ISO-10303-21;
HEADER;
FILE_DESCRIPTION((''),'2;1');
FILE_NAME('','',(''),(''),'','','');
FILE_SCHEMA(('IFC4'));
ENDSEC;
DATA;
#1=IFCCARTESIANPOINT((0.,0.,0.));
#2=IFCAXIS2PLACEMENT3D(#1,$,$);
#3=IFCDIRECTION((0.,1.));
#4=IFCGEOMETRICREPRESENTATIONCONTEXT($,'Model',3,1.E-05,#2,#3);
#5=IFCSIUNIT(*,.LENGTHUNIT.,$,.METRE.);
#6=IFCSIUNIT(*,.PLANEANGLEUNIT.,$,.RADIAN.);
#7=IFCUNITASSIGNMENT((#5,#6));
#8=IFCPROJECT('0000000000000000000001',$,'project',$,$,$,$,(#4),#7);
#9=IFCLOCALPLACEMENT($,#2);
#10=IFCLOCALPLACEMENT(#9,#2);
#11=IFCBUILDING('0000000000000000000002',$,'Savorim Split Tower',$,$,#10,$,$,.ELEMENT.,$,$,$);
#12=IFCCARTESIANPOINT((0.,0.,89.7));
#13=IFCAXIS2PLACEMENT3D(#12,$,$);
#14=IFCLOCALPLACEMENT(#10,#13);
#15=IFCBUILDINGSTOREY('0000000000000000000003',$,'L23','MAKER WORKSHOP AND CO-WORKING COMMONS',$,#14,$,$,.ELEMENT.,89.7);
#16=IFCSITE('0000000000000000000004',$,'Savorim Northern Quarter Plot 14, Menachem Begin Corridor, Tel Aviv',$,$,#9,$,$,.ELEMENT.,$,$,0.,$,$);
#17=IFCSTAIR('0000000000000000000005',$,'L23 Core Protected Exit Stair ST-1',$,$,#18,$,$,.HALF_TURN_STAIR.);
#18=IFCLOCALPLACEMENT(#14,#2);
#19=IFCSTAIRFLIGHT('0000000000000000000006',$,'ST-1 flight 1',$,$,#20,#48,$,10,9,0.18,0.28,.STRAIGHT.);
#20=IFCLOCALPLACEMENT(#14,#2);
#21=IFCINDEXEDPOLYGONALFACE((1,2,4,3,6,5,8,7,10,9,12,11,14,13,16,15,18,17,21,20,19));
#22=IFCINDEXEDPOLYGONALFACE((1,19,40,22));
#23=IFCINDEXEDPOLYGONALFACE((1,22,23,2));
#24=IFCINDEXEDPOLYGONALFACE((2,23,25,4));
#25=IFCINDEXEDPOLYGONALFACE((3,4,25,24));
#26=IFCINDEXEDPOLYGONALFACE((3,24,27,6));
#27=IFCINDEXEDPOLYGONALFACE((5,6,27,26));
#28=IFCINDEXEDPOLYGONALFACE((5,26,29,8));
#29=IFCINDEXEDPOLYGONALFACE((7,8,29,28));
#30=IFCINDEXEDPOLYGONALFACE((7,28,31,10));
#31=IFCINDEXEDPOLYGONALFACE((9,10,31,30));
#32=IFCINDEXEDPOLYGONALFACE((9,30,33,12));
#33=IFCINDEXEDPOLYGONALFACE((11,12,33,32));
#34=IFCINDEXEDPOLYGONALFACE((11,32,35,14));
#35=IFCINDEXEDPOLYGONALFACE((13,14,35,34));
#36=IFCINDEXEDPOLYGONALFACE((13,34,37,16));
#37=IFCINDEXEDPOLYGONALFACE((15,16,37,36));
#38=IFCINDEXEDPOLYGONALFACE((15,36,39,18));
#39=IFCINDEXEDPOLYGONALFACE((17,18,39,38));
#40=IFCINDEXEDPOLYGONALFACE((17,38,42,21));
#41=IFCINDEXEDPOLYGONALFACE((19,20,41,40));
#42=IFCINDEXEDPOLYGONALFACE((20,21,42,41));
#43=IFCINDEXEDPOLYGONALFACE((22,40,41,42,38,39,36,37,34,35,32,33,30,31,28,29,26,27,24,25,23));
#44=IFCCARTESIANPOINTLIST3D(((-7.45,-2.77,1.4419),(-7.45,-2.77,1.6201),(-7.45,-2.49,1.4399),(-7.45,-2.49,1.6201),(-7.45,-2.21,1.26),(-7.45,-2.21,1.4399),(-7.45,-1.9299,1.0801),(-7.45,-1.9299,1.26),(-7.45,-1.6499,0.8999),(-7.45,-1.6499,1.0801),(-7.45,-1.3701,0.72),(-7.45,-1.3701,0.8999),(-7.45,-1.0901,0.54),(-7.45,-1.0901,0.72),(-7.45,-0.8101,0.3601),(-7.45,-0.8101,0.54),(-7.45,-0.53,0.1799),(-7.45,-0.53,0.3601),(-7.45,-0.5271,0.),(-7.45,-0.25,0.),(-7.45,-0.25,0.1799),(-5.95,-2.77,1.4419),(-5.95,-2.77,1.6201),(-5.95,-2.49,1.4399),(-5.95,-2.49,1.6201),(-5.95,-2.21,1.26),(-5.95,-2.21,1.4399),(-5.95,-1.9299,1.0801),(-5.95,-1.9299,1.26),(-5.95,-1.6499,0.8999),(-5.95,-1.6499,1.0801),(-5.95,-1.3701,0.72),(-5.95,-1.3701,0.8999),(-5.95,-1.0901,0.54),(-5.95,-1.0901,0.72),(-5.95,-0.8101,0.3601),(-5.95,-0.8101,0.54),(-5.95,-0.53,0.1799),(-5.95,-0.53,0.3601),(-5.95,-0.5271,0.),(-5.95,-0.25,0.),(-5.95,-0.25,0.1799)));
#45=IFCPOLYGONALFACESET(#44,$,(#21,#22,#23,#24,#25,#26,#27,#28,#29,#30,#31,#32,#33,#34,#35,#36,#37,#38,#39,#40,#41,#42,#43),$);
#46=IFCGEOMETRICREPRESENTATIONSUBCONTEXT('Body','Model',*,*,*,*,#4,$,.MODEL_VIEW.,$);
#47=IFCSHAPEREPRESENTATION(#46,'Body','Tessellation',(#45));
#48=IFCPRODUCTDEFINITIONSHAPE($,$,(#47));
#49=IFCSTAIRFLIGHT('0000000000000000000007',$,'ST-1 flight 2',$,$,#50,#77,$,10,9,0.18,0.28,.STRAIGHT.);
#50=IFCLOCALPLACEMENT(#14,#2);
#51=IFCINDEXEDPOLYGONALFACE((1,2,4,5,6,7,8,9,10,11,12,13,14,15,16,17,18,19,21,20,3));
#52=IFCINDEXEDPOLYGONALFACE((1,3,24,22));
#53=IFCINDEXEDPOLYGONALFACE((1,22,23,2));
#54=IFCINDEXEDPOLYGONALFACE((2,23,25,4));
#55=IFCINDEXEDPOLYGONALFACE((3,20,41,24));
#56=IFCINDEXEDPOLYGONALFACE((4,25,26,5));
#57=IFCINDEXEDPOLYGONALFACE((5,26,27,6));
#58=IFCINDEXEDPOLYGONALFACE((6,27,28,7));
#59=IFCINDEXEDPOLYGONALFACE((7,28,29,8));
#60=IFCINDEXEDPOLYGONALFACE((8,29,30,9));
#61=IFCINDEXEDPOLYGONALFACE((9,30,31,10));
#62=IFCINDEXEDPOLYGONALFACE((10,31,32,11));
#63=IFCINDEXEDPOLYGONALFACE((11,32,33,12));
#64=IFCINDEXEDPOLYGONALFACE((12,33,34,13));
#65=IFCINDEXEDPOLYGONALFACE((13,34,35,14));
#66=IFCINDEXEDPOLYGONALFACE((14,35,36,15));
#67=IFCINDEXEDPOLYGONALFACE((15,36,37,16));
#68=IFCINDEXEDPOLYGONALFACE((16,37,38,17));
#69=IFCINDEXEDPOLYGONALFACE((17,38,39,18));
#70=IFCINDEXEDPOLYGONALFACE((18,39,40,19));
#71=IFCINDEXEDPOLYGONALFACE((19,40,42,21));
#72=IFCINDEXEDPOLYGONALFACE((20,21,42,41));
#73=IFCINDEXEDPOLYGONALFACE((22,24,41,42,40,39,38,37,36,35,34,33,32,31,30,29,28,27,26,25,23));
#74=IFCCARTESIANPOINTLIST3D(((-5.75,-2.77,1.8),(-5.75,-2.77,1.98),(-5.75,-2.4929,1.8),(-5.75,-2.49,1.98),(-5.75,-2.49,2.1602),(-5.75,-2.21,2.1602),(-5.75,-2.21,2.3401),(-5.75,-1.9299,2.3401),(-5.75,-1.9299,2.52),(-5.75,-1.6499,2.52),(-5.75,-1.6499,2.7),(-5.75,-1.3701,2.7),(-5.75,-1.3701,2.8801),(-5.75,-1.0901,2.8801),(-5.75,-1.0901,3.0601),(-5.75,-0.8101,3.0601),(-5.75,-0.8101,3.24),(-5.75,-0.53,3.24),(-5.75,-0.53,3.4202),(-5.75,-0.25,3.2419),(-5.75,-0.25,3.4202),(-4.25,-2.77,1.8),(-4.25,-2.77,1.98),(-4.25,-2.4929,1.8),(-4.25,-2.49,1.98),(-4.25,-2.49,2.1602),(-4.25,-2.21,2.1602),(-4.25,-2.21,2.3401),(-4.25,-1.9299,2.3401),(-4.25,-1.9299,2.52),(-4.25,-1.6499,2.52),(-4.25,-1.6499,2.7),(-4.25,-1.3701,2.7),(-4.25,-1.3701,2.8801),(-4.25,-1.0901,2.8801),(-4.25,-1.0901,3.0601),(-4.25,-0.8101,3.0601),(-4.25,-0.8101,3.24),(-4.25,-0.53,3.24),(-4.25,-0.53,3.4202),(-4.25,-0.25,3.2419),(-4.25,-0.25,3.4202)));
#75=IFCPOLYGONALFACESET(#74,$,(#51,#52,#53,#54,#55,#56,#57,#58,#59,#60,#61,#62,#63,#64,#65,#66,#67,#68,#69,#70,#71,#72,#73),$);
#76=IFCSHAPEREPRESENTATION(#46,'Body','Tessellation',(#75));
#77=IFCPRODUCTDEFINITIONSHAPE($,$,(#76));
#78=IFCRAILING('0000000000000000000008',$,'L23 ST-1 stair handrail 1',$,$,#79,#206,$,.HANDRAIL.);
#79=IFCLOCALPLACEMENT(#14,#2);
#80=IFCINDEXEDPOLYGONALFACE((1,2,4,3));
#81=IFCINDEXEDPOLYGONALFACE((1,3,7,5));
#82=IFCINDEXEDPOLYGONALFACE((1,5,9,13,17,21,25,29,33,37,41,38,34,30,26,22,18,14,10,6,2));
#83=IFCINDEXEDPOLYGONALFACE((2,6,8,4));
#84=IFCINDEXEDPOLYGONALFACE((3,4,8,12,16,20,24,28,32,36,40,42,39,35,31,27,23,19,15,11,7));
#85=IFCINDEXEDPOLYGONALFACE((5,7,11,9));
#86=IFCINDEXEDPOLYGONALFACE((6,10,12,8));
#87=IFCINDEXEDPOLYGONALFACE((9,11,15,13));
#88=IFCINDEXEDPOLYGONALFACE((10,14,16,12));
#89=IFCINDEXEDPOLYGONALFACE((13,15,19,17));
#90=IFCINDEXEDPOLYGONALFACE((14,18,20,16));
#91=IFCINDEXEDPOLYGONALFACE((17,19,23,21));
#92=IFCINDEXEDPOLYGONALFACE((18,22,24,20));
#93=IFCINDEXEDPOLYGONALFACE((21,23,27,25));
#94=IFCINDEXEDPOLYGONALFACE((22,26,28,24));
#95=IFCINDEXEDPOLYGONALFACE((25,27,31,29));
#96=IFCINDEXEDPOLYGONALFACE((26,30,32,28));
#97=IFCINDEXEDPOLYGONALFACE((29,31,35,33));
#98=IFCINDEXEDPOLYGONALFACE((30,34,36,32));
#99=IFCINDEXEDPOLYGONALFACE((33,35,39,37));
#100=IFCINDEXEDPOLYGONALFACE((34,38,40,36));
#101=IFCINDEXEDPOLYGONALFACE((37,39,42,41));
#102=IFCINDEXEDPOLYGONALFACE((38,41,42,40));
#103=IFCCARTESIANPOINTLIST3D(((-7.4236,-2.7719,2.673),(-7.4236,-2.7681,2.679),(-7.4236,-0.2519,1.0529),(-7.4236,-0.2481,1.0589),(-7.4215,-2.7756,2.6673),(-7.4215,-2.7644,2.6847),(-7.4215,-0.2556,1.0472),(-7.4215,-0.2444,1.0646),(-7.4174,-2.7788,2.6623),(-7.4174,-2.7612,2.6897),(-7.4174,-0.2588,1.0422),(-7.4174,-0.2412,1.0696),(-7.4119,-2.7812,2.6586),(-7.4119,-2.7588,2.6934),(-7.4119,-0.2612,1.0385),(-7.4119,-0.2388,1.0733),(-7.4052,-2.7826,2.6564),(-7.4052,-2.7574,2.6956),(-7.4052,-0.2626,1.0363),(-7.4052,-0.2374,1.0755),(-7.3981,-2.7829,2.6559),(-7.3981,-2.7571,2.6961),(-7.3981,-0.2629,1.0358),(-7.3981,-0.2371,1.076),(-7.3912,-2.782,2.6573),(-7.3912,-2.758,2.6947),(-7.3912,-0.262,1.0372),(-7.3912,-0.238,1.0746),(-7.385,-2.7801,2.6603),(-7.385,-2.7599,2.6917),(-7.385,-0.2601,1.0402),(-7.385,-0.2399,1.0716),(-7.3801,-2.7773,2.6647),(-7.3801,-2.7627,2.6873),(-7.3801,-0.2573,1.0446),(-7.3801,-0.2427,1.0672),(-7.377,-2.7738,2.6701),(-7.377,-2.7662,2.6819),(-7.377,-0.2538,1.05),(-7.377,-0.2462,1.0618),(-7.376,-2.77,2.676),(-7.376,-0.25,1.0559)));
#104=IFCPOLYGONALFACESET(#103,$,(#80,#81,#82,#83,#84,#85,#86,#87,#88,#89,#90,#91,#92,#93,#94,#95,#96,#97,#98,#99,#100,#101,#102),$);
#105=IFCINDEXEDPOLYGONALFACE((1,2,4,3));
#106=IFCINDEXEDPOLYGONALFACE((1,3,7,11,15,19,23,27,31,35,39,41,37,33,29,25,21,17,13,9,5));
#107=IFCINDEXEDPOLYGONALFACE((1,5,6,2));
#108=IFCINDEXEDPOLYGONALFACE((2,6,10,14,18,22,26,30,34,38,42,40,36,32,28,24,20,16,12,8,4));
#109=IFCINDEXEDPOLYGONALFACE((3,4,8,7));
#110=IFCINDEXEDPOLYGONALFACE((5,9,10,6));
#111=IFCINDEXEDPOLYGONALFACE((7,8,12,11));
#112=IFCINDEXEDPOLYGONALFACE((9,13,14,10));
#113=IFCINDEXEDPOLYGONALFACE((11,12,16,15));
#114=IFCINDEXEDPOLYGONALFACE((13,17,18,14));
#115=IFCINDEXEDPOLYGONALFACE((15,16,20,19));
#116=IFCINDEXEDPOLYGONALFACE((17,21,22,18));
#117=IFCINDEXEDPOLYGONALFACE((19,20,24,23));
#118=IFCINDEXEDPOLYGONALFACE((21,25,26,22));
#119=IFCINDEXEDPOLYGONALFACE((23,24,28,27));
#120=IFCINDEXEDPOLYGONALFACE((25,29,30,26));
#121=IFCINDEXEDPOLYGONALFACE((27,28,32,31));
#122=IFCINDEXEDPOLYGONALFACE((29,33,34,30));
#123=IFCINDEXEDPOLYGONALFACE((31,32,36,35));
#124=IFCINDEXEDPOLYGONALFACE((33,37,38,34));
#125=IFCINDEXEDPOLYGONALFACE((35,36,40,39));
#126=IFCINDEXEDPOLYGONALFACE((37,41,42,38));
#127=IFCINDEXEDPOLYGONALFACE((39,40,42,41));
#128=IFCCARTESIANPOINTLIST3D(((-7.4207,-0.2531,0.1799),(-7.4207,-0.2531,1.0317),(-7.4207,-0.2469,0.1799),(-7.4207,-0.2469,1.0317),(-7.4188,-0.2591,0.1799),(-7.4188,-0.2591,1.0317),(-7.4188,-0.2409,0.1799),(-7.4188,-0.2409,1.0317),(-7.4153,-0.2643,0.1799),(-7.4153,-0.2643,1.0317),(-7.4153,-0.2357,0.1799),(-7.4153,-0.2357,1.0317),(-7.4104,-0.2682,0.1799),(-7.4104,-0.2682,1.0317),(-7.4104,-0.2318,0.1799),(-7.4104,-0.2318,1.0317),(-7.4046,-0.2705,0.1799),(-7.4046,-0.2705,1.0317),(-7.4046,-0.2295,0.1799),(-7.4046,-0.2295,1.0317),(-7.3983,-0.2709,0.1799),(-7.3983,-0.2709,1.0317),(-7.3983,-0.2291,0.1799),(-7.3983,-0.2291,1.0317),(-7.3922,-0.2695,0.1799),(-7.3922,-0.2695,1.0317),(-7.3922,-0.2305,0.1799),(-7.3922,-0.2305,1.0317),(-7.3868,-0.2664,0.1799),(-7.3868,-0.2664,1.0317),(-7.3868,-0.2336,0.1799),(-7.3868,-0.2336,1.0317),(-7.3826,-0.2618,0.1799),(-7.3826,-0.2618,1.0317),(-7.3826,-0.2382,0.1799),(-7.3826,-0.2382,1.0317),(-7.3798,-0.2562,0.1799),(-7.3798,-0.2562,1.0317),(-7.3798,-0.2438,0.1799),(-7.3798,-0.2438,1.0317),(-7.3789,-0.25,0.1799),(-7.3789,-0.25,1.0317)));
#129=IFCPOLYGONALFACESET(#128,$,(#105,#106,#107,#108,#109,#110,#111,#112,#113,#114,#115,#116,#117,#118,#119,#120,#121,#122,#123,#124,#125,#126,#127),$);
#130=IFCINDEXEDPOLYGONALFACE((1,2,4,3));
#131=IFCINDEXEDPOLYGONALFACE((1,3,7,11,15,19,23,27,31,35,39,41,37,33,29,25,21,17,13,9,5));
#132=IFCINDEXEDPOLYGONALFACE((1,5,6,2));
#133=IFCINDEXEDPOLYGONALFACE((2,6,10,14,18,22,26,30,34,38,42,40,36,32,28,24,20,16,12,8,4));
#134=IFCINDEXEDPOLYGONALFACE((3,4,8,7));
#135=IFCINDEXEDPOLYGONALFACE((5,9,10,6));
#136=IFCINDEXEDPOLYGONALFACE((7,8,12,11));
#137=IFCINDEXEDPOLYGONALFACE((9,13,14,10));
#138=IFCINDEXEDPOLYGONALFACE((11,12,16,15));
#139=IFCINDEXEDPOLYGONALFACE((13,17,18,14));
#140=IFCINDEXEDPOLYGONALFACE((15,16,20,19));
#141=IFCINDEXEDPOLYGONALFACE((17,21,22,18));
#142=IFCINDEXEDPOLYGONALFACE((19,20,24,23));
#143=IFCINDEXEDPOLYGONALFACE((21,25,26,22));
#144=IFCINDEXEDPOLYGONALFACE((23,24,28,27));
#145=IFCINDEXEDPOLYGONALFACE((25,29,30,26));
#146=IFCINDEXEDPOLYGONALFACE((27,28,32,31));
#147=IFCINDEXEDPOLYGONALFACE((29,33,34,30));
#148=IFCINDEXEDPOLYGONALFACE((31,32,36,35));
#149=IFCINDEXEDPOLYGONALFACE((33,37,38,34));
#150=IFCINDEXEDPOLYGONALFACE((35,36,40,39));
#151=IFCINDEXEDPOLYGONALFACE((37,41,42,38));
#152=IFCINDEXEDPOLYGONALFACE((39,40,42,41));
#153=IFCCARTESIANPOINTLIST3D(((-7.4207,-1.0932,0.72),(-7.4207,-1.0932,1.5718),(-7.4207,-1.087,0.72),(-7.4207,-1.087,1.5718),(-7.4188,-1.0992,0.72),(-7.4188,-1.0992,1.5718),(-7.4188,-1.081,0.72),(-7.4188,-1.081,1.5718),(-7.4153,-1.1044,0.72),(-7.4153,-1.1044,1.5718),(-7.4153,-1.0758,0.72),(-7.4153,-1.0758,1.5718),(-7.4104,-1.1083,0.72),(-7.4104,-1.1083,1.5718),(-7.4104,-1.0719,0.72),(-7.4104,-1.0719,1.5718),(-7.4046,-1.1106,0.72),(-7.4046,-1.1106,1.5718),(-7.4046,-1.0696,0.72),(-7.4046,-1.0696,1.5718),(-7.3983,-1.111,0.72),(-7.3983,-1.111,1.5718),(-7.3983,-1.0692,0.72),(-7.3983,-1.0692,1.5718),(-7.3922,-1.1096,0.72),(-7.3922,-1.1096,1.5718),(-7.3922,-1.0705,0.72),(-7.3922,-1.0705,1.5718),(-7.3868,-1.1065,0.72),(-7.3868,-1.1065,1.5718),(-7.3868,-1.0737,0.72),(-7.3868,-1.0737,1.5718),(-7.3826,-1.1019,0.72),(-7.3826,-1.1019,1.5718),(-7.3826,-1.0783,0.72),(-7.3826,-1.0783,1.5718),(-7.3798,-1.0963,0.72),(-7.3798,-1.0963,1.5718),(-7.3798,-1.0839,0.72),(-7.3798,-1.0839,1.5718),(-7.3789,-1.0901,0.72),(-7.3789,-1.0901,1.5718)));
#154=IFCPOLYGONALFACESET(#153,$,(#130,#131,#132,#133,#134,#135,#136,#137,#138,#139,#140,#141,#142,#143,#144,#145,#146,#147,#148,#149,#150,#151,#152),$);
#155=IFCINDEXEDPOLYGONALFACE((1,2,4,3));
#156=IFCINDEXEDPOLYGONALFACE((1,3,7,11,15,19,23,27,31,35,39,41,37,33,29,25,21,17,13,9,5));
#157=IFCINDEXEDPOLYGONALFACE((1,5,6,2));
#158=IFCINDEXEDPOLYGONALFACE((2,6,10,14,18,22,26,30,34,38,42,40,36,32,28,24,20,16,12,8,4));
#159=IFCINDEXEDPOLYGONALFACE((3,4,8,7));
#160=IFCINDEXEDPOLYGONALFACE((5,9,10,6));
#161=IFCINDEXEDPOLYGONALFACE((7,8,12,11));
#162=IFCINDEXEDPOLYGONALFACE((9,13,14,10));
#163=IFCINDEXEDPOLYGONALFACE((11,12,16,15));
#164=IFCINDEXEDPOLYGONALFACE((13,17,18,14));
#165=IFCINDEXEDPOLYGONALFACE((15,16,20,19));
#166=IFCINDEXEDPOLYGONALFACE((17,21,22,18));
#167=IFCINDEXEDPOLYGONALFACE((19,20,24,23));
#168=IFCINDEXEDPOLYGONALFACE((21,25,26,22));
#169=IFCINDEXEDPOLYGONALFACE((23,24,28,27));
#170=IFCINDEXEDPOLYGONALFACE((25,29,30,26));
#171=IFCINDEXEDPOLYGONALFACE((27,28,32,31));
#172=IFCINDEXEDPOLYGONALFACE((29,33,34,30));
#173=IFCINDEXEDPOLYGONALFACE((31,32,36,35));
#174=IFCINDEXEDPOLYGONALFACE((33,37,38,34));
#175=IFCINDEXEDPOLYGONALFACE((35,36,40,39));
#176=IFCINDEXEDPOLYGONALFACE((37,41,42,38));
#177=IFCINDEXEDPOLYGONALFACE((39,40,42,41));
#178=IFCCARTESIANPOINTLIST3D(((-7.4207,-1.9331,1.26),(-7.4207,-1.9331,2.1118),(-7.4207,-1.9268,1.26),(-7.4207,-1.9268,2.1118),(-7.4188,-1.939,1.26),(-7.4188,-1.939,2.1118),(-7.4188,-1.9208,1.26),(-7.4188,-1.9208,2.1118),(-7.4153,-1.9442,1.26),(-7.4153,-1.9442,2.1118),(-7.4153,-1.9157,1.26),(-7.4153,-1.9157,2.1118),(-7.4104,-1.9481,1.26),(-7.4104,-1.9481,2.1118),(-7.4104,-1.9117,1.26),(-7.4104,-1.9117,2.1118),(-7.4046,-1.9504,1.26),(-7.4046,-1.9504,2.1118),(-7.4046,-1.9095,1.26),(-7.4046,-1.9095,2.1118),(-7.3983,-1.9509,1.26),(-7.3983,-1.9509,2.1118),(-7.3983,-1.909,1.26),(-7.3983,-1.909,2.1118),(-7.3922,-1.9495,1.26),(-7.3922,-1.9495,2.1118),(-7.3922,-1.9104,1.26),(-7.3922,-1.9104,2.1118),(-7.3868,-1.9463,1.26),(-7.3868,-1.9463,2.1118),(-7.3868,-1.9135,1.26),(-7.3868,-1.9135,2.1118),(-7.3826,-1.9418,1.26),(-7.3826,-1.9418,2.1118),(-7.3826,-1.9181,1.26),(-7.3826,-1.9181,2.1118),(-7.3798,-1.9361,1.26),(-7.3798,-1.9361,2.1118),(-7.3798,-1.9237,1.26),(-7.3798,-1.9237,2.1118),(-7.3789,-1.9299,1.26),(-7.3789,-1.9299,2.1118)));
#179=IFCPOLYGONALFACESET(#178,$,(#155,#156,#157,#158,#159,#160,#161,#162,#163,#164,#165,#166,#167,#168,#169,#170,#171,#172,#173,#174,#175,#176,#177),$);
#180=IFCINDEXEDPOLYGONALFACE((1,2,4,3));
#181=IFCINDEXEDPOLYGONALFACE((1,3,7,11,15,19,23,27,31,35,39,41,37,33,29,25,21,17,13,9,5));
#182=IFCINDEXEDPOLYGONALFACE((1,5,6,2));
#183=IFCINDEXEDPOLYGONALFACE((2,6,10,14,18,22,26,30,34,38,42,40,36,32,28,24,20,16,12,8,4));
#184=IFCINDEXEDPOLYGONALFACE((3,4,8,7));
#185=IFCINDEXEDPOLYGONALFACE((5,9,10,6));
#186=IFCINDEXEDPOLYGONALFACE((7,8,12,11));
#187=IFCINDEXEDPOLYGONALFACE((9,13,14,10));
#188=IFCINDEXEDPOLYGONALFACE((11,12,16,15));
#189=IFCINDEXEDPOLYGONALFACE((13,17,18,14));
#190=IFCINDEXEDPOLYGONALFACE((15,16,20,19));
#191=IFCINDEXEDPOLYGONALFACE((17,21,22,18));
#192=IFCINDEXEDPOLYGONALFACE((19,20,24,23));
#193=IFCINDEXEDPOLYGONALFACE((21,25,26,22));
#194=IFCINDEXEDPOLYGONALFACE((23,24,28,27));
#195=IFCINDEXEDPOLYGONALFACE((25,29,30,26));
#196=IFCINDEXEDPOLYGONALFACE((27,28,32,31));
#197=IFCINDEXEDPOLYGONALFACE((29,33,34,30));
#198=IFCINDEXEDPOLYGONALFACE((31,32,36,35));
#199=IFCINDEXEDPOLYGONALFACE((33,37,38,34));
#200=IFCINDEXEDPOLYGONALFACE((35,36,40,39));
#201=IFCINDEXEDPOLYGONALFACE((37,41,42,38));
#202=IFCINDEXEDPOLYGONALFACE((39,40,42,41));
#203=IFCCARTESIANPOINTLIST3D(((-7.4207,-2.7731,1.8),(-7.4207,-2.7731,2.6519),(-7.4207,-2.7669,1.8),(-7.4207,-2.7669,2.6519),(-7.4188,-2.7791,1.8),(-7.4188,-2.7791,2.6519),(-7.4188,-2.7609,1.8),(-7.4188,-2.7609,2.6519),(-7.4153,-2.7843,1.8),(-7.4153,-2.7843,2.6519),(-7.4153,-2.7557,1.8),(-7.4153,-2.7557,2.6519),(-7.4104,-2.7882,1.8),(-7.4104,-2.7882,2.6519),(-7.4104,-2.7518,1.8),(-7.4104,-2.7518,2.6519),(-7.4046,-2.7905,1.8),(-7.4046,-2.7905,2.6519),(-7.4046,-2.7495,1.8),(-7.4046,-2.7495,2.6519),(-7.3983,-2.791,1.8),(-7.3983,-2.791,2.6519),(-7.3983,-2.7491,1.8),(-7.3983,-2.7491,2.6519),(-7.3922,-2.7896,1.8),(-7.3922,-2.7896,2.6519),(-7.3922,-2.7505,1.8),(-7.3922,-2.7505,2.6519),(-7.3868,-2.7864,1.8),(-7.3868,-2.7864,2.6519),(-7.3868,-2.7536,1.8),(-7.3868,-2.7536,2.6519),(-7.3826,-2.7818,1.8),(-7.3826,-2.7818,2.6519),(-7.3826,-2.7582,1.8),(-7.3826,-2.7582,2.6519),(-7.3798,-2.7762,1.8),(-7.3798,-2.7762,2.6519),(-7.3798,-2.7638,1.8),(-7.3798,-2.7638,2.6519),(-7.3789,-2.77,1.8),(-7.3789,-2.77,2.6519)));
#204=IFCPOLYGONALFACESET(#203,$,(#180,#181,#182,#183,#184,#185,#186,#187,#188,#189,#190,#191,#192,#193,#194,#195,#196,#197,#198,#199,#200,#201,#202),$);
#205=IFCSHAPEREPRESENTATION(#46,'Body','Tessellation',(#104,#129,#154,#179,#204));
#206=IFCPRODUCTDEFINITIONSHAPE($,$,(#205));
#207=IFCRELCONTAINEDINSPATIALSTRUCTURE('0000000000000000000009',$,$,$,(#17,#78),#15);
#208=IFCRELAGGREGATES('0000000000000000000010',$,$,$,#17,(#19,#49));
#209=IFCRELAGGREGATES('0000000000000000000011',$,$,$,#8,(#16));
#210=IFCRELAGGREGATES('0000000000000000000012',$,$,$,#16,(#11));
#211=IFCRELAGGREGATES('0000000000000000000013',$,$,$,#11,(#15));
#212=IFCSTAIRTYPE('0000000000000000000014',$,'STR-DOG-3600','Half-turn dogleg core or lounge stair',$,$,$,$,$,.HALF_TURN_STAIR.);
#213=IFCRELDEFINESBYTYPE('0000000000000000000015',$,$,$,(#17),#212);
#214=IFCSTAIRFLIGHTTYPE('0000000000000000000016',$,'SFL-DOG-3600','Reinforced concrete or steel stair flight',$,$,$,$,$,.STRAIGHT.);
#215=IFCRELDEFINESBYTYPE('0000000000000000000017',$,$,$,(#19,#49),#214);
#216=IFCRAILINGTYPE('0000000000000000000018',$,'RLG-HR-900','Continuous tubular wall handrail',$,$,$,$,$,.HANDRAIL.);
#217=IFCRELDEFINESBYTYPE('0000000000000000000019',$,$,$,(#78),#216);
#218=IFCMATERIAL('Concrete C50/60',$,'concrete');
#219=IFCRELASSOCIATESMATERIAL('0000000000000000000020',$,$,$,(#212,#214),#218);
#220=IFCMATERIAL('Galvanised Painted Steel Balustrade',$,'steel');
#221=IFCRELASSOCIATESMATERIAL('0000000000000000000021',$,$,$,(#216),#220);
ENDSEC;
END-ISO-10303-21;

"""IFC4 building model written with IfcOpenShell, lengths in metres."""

from ifc_helpers import new_model, si_unit, direction, frame, origin, origin_2d, place, context, subcontext, project, spatial, polyline, circle, outline, extrude, material, type_object, element, aggregate, save


model = new_model("IFC4")

# Units and contexts
model_context = context("Model", 3, precision=1e-05, world=origin(), true_north=direction((0.0, 1.0)))
body_context = subcontext(model_context, "Body", "Model", "MODEL_VIEW")
ifc_project = project(units=[si_unit("LENGTHUNIT", "METRE"), si_unit("PLANEANGLEUNIT", "RADIAN")], contexts=[model_context])

# Site, building, storey
site_placement = place(None, origin())
site = spatial("IfcSite", under=ifc_project, at=site_placement, Name="Savorim Northern Quarter Plot 14, Menachem Begin Corridor, Tel Aviv", CompositionType="ELEMENT", RefElevation=0.0)
building_placement = place(site_placement, origin())
building = spatial("IfcBuilding", under=site, at=building_placement, Name="Savorim Split Tower", CompositionType="ELEMENT")
storey_placement = place(building_placement, frame((0.0, 0.0, 89.7)))
storey = spatial("IfcBuildingStorey", under=building, at=storey_placement, Name="L23", Description="MAKER WORKSHOP AND CO-WORKING COMMONS", CompositionType="ELEMENT", Elevation=89.7)

# Shared definitions
ifc_material_1 = material(Name="Concrete C50/60", Category="concrete")

# Stair, stair flights
stair_type = type_object("IfcStairType", Name="STR-DOG-3600", Description="Half-turn dogleg core or lounge stair", PredefinedType="HALF_TURN_STAIR", material=ifc_material_1)
stair_placement = place(storey_placement, origin())
stair = element("IfcStair", 1, at=stair_placement, inside=storey, type_object=stair_type, Name="L23 Core Protected Exit Stair ST-1", PredefinedType="HALF_TURN_STAIR")
stair_flight_type = type_object("IfcStairFlightType", Name="SFL-DOG-3600", Description="Reinforced concrete or steel stair flight", PredefinedType="STRAIGHT", material=ifc_material_1)
stair_flight_1_placement = place(storey_placement, frame((-6.7, -0.25, 0.0), z_axis=(0.0, 0.0, 1.0), x_axis=(0.0, -1.0, 0.0)))
stair_flight_1 = element("IfcStairFlight", 2, at=stair_flight_1_placement, type_object=stair_flight_type, Name="ST-1 flight 1", NumberOfRisers=10, NumberOfTreads=9, PredefinedType="STRAIGHT", RiserHeight=0.18, TreadLength=0.28, context=body_context, shape_type="SweptSolid", body=[
    extrude(outline(polyline([(0.0, 0.0), (0.0, 0.1799), (0.28, 0.1799), (0.28, 0.3601), (0.5601, 0.3601), (0.5601, 0.54), (0.8401, 0.54), (0.8401, 0.72), (1.1201, 0.72), (1.1201, 0.8999), (1.3999, 0.8999), (1.3999, 1.0801), (1.6799, 1.0801), (1.6799, 1.26), (1.96, 1.26), (1.96, 1.4399), (2.24, 1.4399), (2.24, 1.6201), (2.52, 1.6201), (2.52, 1.8), (2.52, 1.4419), (0.2771, 0.0), (0.0, 0.0)])), frame((0.0, 0.75, 0.0), z_axis=(0.0, -1.0, 0.0), x_axis=(1.0, 0.0, 0.0)), (0.0, 0.0, 1.0), 1.5),
])
stair_flight_2_placement = place(storey_placement, frame((-5.0, -2.77, 1.8), z_axis=(0.0, 0.0, 1.0), x_axis=(0.0, 1.0, 0.0)))
stair_flight_2 = element("IfcStairFlight", 3, at=stair_flight_2_placement, type_object=stair_flight_type, Name="ST-1 flight 2", NumberOfRisers=10, NumberOfTreads=9, PredefinedType="STRAIGHT", RiserHeight=0.18, TreadLength=0.28, context=body_context, shape_type="SweptSolid", body=[
    extrude(outline(polyline([(0.0, 0.0), (0.0, 0.1799), (0.28, 0.1799), (0.28, 0.3601), (0.5601, 0.3601), (0.5601, 0.54), (0.8401, 0.54), (0.8401, 0.72), (1.1201, 0.72), (1.1201, 0.8999), (1.3999, 0.8999), (1.3999, 1.0801), (1.6799, 1.0801), (1.6799, 1.26), (1.96, 1.26), (1.96, 1.4399), (2.24, 1.4399), (2.24, 1.6201), (2.52, 1.6201), (2.52, 1.8), (2.52, 1.4419), (0.2771, 0.0), (0.0, 0.0)])), frame((0.0, 0.75, 0.0), z_axis=(0.0, -1.0, 0.0), x_axis=(1.0, 0.0, 0.0)), (0.0, 0.0, 1.0), 1.5),
])
aggregate(stair, [stair_flight_1, stair_flight_2])

# Railing
ifc_material_2 = material(Name="Galvanised Painted Steel Balustrade", Category="steel")
railing_type_1 = type_object("IfcRailingType", Name="RLG-HR-900", Description="Continuous tubular wall handrail", PredefinedType="HANDRAIL", material=ifc_material_2)
railing_1_placement = place(storey_placement, frame((-7.3999, -0.25, 0.1799)))
element("IfcRailing", 4, at=railing_1_placement, inside=storey, type_object=railing_type_1, Name="L23 ST-1 stair handrail 1", PredefinedType="HANDRAIL", context=body_context, shape_type="SweptSolid", body=[
    extrude(circle(Radius=0.0239, at=origin_2d()), frame((0.0, 0.0, 0.876), z_axis=(0.0, -0.841163, 0.540782), x_axis=(1.0, 0.0, 0.0)), (0.0, 0.0, 1.0), 2.9958),
    extrude(circle(Radius=0.021, at=origin_2d()), origin(), (0.0, 0.0, 1.0), 0.8518),
    extrude(circle(Radius=0.021, at=origin_2d()), frame((0.0, -0.8401, 0.54)), (0.0, 0.0, 1.0), 0.8518),
    extrude(circle(Radius=0.021, at=origin_2d()), frame((0.0, -1.6799, 1.0801)), (0.0, 0.0, 1.0), 0.8518),
    extrude(circle(Radius=0.021, at=origin_2d()), frame((0.0, -2.52, 1.6201)), (0.0, 0.0, 1.0), 0.8518),
])

save(model, "model.ifc")
